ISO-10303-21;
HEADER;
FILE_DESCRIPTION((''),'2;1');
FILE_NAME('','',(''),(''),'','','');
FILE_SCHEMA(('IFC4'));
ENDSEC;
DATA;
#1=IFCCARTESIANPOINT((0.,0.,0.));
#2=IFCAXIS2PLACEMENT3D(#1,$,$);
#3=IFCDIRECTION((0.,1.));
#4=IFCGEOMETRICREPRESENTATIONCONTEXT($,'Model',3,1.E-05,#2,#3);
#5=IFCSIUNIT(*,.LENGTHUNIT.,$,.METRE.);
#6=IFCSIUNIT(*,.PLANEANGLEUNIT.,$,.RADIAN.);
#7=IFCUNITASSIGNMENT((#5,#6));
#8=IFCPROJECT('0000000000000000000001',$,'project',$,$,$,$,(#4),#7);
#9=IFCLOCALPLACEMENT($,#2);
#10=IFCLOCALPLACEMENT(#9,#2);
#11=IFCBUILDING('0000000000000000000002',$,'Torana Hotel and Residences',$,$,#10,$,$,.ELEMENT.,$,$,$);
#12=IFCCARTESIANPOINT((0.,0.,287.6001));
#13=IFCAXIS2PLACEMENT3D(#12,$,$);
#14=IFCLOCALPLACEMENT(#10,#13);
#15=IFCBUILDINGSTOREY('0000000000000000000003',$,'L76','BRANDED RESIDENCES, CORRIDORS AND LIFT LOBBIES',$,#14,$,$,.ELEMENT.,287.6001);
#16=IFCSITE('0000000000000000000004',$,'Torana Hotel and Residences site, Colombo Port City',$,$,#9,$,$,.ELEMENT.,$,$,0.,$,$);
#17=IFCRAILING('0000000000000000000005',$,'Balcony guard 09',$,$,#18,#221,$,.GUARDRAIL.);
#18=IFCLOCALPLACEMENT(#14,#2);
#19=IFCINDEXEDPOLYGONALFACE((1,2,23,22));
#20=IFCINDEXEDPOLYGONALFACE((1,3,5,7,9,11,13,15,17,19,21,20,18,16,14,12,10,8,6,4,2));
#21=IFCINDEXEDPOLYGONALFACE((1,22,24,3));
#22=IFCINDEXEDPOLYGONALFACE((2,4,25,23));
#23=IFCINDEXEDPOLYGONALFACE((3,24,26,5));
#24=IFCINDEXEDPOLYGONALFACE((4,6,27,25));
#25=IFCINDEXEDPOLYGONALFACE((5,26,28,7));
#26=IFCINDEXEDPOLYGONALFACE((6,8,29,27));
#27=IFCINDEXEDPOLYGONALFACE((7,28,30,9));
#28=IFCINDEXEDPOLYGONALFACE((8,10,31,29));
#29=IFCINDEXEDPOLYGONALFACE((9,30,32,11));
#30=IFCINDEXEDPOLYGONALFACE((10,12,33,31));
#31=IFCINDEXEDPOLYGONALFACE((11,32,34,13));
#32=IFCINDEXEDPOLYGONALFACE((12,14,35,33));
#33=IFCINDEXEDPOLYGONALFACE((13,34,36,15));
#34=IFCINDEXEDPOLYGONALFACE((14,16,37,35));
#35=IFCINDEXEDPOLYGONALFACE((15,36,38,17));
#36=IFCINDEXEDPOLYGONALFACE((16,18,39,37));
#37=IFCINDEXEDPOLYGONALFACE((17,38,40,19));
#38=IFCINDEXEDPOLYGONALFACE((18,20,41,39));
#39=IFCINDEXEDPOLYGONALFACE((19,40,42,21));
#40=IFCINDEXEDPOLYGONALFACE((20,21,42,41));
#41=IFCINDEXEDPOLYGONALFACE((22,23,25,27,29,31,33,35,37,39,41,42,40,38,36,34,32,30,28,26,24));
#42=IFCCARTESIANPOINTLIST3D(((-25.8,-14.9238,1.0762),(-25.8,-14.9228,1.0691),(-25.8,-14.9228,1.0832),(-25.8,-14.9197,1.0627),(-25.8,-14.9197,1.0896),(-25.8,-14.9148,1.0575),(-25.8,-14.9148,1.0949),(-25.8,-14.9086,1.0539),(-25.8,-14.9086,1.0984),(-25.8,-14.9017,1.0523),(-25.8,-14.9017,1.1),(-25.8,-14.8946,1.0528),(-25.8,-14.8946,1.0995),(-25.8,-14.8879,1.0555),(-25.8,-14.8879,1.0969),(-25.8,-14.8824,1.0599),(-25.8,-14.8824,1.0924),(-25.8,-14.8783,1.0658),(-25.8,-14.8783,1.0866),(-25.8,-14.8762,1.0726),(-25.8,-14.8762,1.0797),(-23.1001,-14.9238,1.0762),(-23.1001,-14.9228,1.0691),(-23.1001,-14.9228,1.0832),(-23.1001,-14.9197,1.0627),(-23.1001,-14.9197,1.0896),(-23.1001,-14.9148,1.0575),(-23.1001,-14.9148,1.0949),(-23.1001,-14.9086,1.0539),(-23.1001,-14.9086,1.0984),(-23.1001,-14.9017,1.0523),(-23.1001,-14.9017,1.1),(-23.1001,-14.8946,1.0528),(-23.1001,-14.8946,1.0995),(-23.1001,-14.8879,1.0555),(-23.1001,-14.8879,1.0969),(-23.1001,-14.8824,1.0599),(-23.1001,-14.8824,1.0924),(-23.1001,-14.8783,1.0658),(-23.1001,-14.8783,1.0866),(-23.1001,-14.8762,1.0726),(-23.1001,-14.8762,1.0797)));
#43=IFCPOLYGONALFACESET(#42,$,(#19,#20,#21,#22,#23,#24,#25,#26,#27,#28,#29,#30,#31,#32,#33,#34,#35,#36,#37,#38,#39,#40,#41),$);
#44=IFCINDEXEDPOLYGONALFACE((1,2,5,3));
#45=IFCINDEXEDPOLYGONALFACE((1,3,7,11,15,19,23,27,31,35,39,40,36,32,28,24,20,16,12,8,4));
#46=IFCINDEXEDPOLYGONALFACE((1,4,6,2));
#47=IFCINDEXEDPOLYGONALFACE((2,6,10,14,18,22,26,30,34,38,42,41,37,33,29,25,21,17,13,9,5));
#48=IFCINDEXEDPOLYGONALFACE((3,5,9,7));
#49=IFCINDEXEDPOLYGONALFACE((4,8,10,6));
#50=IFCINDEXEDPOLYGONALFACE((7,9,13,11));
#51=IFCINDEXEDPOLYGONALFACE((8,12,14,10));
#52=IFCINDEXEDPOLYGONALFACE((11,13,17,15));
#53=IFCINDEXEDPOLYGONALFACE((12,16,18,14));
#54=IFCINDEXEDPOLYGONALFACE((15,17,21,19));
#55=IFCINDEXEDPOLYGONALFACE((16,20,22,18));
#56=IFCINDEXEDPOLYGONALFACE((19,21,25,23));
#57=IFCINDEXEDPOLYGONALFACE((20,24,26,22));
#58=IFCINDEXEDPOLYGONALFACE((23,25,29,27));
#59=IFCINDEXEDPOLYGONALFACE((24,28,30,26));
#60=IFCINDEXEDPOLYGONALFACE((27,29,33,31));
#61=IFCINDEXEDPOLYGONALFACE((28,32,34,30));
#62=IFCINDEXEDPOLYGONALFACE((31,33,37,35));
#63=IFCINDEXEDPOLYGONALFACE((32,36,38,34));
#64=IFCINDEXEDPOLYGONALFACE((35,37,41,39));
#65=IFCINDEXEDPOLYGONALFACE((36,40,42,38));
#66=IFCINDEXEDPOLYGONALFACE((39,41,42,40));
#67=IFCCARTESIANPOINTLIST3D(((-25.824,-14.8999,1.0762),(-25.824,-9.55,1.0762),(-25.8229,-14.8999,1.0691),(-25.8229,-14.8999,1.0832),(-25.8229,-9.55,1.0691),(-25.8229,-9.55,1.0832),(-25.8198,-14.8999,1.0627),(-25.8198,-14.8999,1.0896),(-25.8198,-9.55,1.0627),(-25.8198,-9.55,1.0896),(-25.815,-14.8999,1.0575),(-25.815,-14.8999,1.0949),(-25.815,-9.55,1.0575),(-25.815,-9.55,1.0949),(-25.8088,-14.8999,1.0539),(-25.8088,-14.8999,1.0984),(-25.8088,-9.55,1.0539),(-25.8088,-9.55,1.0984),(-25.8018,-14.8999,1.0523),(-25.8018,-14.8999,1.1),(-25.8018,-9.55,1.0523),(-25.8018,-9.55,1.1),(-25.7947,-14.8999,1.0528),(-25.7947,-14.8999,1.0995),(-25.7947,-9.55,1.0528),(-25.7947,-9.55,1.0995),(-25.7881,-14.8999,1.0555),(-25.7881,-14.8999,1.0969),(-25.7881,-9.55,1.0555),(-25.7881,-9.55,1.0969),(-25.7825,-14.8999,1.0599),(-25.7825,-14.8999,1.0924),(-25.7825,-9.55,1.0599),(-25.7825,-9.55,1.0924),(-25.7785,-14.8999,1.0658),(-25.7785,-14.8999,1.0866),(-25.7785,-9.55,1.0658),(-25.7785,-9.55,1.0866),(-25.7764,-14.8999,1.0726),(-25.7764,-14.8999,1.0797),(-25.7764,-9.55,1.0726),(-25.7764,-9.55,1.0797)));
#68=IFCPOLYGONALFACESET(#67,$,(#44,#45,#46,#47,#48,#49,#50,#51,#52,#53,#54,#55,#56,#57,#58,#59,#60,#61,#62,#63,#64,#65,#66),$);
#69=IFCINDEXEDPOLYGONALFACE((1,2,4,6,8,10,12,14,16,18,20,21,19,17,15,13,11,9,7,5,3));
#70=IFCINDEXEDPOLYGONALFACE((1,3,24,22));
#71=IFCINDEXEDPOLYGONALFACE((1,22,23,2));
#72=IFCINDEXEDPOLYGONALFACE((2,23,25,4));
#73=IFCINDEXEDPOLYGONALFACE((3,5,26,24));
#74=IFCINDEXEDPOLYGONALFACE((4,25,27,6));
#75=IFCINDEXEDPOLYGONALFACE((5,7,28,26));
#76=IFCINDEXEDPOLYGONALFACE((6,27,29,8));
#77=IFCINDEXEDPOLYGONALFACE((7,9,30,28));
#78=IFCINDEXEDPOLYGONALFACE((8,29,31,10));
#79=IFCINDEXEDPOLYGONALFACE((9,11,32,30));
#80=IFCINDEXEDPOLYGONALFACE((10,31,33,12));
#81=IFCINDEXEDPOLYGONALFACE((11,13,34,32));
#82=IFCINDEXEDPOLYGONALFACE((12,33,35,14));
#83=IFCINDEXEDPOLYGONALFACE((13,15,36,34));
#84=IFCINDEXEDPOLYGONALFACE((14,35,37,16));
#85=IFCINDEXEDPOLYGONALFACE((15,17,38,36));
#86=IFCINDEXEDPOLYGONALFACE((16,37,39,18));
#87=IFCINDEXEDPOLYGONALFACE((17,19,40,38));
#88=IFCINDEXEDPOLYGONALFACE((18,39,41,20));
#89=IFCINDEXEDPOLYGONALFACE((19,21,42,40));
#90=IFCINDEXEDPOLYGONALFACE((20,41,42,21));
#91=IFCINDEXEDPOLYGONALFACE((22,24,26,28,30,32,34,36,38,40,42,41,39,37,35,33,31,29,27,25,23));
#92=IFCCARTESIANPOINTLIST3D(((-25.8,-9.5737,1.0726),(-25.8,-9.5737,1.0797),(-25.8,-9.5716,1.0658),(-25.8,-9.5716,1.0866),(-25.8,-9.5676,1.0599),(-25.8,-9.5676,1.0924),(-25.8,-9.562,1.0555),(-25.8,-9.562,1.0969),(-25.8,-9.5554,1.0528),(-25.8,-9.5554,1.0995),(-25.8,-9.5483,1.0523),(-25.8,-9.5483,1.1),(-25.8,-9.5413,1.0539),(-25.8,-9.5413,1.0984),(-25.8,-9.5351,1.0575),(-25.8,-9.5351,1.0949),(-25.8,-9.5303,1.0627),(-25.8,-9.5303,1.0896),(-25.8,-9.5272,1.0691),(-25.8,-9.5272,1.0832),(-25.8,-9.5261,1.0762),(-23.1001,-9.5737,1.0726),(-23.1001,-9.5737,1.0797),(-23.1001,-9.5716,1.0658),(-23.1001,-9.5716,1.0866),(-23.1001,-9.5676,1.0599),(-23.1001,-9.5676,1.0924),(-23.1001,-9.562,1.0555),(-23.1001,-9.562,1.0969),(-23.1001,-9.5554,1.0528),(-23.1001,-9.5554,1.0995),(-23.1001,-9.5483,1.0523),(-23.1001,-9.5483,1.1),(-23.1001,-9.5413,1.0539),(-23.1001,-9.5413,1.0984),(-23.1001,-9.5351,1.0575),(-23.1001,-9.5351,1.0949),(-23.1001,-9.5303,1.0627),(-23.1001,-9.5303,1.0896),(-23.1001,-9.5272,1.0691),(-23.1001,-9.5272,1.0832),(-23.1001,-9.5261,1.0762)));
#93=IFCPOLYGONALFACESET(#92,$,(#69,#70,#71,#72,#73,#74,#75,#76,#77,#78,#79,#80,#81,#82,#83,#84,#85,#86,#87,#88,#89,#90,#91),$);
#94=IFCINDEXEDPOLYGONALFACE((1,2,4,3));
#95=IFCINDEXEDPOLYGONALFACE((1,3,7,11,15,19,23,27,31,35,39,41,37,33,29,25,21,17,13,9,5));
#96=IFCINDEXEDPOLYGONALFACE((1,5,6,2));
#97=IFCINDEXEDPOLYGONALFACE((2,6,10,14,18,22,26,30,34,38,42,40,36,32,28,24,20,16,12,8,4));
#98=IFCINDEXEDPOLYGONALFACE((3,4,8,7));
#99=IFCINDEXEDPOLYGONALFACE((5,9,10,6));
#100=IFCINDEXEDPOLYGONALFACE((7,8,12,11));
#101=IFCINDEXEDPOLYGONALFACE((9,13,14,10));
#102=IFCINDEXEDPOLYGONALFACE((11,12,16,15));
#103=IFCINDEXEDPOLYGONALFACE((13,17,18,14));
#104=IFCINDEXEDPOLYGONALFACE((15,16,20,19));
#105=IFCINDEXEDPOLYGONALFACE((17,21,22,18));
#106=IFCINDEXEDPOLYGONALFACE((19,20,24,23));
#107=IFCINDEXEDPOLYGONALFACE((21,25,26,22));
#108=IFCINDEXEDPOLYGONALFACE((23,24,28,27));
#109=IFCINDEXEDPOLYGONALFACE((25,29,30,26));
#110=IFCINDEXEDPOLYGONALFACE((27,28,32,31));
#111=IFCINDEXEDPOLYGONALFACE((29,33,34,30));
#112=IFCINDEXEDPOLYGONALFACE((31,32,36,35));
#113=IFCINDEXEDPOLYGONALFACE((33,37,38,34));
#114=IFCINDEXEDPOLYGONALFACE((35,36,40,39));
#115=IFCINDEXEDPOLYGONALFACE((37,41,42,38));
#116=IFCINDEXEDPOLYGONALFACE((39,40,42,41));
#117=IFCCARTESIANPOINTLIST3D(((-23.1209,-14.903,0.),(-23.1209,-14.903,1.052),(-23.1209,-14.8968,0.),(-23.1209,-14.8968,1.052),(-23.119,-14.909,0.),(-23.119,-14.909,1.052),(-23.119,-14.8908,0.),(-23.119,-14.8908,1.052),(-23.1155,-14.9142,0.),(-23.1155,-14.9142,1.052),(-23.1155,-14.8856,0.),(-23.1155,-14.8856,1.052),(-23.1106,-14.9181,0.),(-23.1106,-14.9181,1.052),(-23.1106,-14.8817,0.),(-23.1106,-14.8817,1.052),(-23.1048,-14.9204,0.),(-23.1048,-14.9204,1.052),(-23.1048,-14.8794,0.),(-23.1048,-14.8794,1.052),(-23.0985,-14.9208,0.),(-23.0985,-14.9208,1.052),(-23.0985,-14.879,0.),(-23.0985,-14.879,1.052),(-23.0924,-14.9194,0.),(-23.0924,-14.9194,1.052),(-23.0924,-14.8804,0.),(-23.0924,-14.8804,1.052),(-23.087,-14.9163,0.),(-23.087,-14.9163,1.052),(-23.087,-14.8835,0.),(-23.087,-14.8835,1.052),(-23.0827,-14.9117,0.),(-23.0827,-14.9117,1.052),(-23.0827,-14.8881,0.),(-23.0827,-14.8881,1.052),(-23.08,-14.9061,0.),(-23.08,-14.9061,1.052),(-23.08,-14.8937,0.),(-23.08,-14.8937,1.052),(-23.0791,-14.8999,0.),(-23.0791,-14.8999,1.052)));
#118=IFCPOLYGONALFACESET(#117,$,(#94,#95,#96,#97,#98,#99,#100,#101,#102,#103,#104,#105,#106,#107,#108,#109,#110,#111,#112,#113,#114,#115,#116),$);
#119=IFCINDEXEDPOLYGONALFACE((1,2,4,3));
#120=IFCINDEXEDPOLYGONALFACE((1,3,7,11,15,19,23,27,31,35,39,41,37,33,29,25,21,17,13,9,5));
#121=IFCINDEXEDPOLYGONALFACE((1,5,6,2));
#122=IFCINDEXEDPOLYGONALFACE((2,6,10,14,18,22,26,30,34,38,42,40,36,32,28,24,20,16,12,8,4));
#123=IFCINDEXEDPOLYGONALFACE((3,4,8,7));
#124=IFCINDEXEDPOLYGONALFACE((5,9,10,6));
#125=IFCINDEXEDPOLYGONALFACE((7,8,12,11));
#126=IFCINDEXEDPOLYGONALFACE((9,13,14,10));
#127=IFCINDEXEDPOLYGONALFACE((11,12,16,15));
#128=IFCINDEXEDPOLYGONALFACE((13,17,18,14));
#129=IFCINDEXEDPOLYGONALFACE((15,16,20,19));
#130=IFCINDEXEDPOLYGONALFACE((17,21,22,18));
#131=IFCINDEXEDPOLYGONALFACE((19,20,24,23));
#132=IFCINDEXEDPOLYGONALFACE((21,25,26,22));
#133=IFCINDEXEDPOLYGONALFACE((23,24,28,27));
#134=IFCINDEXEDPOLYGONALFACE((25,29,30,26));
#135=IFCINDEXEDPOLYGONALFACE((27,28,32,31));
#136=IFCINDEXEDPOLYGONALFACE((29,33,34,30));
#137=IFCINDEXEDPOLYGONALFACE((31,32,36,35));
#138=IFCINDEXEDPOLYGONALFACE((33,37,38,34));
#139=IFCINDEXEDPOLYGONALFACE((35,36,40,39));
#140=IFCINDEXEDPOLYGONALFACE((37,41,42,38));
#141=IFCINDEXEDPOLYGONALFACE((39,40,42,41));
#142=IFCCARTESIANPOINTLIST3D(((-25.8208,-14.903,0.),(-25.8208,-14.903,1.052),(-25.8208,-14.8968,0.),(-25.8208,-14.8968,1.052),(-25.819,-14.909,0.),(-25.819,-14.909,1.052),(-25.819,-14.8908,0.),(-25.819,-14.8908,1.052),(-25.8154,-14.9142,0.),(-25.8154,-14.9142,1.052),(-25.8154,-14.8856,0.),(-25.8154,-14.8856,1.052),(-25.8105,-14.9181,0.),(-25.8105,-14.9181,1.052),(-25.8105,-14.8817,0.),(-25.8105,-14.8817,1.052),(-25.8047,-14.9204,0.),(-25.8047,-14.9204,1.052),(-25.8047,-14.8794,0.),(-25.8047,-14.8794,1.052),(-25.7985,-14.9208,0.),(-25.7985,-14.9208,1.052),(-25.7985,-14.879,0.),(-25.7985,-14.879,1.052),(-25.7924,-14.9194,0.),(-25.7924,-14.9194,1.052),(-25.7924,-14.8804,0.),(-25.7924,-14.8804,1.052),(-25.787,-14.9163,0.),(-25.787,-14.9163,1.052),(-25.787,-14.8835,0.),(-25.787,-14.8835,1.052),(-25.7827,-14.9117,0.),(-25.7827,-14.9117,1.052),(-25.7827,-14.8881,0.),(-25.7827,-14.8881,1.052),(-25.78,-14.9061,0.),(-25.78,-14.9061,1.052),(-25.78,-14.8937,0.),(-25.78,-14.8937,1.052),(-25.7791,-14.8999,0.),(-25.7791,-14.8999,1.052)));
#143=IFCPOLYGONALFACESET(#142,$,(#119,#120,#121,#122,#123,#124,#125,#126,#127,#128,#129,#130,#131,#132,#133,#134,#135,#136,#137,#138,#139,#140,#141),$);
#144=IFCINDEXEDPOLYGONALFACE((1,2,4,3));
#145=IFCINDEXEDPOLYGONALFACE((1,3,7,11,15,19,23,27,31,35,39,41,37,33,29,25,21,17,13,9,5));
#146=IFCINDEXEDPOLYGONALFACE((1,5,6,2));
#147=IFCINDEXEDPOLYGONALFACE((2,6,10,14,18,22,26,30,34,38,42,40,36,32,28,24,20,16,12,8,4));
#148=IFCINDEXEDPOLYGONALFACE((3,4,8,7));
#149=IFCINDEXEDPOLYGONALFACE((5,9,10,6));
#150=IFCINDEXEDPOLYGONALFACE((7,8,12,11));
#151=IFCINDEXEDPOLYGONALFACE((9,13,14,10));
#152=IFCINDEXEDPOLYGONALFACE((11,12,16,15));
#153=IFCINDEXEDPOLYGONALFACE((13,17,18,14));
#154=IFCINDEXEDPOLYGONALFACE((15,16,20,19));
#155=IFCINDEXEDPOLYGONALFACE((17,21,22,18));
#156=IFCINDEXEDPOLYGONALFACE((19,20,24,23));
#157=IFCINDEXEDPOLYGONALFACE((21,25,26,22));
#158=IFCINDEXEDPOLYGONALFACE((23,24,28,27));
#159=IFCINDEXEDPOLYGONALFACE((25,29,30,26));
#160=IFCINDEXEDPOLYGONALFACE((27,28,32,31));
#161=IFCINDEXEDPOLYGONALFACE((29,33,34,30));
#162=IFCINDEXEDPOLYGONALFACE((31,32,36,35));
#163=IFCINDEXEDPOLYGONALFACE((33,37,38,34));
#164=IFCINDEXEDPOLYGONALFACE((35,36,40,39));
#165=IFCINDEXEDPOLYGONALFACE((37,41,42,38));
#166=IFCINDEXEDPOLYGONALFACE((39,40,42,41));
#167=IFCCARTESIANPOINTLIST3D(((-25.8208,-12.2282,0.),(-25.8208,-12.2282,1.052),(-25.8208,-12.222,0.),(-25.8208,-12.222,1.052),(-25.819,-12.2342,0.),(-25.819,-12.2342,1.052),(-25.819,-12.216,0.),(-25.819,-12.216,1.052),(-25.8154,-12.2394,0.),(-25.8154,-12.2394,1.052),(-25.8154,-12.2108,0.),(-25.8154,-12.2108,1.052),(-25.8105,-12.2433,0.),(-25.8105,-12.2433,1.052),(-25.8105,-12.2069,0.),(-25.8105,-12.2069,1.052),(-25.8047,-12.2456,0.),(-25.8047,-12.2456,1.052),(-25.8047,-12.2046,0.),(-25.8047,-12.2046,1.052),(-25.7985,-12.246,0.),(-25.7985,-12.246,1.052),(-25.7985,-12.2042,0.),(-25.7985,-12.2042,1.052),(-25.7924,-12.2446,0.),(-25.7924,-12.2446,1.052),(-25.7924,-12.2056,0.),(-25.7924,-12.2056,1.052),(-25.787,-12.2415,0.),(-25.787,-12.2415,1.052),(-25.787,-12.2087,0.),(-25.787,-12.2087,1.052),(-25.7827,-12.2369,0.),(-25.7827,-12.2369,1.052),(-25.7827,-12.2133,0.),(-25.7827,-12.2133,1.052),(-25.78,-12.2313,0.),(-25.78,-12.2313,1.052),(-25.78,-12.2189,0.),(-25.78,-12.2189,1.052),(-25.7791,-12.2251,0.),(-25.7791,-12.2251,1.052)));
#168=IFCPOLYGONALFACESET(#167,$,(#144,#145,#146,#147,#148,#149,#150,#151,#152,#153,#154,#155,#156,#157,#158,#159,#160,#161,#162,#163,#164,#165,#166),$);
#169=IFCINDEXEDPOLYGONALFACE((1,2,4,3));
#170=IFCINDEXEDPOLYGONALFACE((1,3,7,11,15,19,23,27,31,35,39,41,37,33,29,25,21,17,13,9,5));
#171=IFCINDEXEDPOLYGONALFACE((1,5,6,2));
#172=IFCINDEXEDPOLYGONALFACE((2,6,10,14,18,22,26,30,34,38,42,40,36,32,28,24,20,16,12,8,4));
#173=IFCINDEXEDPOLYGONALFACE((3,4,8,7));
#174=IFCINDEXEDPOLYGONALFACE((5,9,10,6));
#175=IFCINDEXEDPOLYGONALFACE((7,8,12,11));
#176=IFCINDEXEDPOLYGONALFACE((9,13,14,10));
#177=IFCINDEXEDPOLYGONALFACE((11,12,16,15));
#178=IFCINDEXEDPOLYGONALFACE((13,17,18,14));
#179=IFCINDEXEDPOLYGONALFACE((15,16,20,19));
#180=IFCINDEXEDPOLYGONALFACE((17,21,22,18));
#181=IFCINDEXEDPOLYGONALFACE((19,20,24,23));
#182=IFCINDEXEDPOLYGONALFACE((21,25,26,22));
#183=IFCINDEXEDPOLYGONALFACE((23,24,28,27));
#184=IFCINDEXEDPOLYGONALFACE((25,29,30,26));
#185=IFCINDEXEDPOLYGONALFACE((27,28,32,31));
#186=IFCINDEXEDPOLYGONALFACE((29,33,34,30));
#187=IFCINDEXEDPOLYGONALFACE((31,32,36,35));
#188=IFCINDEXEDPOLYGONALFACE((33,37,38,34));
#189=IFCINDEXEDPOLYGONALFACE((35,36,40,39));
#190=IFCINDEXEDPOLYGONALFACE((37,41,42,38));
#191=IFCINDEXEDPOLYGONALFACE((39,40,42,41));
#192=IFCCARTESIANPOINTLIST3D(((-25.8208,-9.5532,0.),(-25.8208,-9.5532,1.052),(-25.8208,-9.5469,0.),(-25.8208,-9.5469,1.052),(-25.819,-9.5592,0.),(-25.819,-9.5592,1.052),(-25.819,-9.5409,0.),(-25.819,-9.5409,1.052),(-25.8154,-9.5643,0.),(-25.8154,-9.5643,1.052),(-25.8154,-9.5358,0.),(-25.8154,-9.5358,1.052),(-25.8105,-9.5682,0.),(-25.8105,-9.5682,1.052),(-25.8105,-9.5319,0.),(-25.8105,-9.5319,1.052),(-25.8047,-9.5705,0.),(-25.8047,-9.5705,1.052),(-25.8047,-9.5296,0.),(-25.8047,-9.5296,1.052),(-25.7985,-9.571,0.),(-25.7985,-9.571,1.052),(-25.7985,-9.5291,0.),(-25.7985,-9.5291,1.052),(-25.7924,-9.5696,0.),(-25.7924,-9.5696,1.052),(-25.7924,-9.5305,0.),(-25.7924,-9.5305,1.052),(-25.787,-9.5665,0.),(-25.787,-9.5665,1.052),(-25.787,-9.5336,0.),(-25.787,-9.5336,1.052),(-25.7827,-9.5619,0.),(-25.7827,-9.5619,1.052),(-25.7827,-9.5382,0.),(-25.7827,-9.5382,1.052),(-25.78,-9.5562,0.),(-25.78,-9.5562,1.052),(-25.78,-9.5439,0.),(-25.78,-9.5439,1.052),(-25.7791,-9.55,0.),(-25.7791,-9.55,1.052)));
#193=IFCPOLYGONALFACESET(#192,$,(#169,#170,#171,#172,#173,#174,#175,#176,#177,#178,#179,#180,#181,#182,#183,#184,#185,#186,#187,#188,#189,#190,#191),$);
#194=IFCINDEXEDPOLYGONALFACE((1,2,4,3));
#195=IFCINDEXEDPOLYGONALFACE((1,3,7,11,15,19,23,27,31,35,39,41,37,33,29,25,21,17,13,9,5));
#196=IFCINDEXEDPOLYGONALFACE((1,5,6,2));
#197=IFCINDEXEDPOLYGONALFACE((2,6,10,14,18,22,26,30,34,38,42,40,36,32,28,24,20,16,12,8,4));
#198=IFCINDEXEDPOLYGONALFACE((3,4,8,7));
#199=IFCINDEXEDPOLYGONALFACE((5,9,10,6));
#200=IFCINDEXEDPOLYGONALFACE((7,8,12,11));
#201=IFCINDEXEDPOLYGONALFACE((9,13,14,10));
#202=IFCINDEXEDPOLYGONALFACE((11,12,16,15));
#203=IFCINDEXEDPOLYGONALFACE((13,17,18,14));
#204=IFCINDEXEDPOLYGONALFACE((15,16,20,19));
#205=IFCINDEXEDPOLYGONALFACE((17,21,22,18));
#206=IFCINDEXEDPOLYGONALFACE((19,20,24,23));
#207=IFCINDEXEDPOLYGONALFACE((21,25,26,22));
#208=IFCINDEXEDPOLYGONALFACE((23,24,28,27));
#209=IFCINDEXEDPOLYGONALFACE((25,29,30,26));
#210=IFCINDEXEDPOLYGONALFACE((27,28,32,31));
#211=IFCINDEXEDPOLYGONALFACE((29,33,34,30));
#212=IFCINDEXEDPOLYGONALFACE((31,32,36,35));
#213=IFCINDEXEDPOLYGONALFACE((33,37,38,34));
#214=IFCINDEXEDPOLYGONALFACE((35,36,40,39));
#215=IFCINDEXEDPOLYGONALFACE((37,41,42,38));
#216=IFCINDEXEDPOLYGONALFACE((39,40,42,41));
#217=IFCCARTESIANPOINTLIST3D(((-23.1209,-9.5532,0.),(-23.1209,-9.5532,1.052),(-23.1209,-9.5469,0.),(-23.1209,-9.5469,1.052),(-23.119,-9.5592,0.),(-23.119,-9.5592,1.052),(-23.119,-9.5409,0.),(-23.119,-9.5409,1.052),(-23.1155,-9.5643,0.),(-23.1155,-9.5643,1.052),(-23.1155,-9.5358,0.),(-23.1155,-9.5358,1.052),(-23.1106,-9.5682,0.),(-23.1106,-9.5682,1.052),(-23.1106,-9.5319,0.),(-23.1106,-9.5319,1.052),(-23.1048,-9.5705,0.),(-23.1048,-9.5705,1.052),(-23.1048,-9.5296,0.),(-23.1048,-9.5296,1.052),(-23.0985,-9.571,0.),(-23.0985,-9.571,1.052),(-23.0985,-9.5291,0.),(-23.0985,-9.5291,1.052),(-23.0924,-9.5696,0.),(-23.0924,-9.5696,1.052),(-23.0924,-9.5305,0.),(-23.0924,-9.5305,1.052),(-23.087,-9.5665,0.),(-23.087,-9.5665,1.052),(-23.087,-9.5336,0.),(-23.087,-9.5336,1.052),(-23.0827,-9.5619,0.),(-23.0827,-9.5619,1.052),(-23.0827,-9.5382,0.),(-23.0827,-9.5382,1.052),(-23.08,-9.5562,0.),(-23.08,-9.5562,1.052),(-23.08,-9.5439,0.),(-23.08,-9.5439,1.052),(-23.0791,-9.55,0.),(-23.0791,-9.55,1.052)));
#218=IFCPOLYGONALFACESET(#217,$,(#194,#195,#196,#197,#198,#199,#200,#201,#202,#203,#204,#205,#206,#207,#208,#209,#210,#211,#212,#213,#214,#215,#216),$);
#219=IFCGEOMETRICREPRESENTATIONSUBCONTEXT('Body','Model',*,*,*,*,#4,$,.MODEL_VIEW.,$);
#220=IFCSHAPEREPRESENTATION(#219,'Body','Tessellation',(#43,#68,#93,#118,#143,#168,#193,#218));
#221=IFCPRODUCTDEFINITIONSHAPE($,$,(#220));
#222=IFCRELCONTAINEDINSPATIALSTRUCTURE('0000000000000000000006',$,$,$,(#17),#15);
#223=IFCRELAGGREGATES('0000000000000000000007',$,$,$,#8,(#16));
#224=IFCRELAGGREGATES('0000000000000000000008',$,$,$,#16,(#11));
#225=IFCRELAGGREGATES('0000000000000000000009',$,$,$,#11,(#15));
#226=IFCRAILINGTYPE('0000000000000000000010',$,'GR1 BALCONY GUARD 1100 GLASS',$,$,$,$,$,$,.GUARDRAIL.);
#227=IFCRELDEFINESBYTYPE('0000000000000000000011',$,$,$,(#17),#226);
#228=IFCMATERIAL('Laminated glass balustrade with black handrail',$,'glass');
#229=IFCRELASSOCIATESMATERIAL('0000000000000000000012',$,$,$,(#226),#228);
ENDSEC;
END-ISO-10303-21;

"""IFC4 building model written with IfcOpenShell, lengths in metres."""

from ifc_helpers import new_model, si_unit, direction, frame, origin, origin_2d, place, context, subcontext, project, spatial, circle, extrude, material, type_object, element, save


model = new_model("IFC4")

# Units and contexts
model_context = context("Model", 3, precision=1e-05, world=origin(), true_north=direction((0.0, 1.0)))
body_context = subcontext(model_context, "Body", "Model", "MODEL_VIEW")
ifc_project = project(units=[si_unit("LENGTHUNIT", "METRE"), si_unit("PLANEANGLEUNIT", "RADIAN")], contexts=[model_context])

# Site, building, storey
site_placement = place(None, origin())
site = spatial("IfcSite", under=ifc_project, at=site_placement, Name="Torana Hotel and Residences site, Colombo Port City", CompositionType="ELEMENT", RefElevation=0.0)
building_placement = place(site_placement, origin())
building = spatial("IfcBuilding", under=site, at=building_placement, Name="Torana Hotel and Residences", CompositionType="ELEMENT")
storey_placement = place(building_placement, frame((0.0, 0.0, 287.6001)))
storey = spatial("IfcBuildingStorey", under=building, at=storey_placement, Name="L76", Description="BRANDED RESIDENCES, CORRIDORS AND LIFT LOBBIES", CompositionType="ELEMENT", Elevation=287.6001)

# Railing
ifc_material_1 = material(Name="Laminated glass balustrade with black handrail", Category="glass")
railing_type = type_object("IfcRailingType", Name="GR1 BALCONY GUARD 1100 GLASS", PredefinedType="GUARDRAIL", material=ifc_material_1)
railing_1_placement = place(storey_placement, frame((-23.1001, -14.8999, 0.0)))
element("IfcRailing", 1, at=railing_1_placement, inside=storey, type_object=railing_type, Name="Balcony guard 09", PredefinedType="GUARDRAIL", context=body_context, shape_type="SweptSolid", body=[
    extrude(circle(Radius=0.0239, at=origin_2d()), frame((0.0, 0.0, 1.0762), z_axis=(-1.0, 0.0, 0.0), x_axis=(0.0, -1.0, 0.0)), (0.0, 0.0, 1.0), 2.7),
    extrude(circle(Radius=0.0239, at=origin_2d()), frame((-2.7, 0.0, 1.0762), z_axis=(0.0, 1.0, 0.0), x_axis=(-1.0, 0.0, 0.0)), (0.0, 0.0, 1.0), 5.3499),
    extrude(circle(Radius=0.0239, at=origin_2d()), frame((-2.7, 5.3499, 1.0762), z_axis=(1.0, 0.0, 0.0), x_axis=(0.0, 1.0, 0.0)), (0.0, 0.0, 1.0), 2.7),
    extrude(circle(Radius=0.021, at=origin_2d()), origin(), (0.0, 0.0, 1.0), 1.052),
    extrude(circle(Radius=0.021, at=origin_2d()), frame((-2.7, 0.0, 0.0)), (0.0, 0.0, 1.0), 1.052),
    extrude(circle(Radius=0.021, at=origin_2d()), frame((-2.7, 2.6748, 0.0)), (0.0, 0.0, 1.0), 1.052),
    extrude(circle(Radius=0.021, at=origin_2d()), frame((-2.7, 5.3499, 0.0)), (0.0, 0.0, 1.0), 1.052),
    extrude(circle(Radius=0.021, at=origin_2d()), frame((0.0, 5.3499, 0.0)), (0.0, 0.0, 1.0), 1.052),
])

save(model, "model.ifc")
